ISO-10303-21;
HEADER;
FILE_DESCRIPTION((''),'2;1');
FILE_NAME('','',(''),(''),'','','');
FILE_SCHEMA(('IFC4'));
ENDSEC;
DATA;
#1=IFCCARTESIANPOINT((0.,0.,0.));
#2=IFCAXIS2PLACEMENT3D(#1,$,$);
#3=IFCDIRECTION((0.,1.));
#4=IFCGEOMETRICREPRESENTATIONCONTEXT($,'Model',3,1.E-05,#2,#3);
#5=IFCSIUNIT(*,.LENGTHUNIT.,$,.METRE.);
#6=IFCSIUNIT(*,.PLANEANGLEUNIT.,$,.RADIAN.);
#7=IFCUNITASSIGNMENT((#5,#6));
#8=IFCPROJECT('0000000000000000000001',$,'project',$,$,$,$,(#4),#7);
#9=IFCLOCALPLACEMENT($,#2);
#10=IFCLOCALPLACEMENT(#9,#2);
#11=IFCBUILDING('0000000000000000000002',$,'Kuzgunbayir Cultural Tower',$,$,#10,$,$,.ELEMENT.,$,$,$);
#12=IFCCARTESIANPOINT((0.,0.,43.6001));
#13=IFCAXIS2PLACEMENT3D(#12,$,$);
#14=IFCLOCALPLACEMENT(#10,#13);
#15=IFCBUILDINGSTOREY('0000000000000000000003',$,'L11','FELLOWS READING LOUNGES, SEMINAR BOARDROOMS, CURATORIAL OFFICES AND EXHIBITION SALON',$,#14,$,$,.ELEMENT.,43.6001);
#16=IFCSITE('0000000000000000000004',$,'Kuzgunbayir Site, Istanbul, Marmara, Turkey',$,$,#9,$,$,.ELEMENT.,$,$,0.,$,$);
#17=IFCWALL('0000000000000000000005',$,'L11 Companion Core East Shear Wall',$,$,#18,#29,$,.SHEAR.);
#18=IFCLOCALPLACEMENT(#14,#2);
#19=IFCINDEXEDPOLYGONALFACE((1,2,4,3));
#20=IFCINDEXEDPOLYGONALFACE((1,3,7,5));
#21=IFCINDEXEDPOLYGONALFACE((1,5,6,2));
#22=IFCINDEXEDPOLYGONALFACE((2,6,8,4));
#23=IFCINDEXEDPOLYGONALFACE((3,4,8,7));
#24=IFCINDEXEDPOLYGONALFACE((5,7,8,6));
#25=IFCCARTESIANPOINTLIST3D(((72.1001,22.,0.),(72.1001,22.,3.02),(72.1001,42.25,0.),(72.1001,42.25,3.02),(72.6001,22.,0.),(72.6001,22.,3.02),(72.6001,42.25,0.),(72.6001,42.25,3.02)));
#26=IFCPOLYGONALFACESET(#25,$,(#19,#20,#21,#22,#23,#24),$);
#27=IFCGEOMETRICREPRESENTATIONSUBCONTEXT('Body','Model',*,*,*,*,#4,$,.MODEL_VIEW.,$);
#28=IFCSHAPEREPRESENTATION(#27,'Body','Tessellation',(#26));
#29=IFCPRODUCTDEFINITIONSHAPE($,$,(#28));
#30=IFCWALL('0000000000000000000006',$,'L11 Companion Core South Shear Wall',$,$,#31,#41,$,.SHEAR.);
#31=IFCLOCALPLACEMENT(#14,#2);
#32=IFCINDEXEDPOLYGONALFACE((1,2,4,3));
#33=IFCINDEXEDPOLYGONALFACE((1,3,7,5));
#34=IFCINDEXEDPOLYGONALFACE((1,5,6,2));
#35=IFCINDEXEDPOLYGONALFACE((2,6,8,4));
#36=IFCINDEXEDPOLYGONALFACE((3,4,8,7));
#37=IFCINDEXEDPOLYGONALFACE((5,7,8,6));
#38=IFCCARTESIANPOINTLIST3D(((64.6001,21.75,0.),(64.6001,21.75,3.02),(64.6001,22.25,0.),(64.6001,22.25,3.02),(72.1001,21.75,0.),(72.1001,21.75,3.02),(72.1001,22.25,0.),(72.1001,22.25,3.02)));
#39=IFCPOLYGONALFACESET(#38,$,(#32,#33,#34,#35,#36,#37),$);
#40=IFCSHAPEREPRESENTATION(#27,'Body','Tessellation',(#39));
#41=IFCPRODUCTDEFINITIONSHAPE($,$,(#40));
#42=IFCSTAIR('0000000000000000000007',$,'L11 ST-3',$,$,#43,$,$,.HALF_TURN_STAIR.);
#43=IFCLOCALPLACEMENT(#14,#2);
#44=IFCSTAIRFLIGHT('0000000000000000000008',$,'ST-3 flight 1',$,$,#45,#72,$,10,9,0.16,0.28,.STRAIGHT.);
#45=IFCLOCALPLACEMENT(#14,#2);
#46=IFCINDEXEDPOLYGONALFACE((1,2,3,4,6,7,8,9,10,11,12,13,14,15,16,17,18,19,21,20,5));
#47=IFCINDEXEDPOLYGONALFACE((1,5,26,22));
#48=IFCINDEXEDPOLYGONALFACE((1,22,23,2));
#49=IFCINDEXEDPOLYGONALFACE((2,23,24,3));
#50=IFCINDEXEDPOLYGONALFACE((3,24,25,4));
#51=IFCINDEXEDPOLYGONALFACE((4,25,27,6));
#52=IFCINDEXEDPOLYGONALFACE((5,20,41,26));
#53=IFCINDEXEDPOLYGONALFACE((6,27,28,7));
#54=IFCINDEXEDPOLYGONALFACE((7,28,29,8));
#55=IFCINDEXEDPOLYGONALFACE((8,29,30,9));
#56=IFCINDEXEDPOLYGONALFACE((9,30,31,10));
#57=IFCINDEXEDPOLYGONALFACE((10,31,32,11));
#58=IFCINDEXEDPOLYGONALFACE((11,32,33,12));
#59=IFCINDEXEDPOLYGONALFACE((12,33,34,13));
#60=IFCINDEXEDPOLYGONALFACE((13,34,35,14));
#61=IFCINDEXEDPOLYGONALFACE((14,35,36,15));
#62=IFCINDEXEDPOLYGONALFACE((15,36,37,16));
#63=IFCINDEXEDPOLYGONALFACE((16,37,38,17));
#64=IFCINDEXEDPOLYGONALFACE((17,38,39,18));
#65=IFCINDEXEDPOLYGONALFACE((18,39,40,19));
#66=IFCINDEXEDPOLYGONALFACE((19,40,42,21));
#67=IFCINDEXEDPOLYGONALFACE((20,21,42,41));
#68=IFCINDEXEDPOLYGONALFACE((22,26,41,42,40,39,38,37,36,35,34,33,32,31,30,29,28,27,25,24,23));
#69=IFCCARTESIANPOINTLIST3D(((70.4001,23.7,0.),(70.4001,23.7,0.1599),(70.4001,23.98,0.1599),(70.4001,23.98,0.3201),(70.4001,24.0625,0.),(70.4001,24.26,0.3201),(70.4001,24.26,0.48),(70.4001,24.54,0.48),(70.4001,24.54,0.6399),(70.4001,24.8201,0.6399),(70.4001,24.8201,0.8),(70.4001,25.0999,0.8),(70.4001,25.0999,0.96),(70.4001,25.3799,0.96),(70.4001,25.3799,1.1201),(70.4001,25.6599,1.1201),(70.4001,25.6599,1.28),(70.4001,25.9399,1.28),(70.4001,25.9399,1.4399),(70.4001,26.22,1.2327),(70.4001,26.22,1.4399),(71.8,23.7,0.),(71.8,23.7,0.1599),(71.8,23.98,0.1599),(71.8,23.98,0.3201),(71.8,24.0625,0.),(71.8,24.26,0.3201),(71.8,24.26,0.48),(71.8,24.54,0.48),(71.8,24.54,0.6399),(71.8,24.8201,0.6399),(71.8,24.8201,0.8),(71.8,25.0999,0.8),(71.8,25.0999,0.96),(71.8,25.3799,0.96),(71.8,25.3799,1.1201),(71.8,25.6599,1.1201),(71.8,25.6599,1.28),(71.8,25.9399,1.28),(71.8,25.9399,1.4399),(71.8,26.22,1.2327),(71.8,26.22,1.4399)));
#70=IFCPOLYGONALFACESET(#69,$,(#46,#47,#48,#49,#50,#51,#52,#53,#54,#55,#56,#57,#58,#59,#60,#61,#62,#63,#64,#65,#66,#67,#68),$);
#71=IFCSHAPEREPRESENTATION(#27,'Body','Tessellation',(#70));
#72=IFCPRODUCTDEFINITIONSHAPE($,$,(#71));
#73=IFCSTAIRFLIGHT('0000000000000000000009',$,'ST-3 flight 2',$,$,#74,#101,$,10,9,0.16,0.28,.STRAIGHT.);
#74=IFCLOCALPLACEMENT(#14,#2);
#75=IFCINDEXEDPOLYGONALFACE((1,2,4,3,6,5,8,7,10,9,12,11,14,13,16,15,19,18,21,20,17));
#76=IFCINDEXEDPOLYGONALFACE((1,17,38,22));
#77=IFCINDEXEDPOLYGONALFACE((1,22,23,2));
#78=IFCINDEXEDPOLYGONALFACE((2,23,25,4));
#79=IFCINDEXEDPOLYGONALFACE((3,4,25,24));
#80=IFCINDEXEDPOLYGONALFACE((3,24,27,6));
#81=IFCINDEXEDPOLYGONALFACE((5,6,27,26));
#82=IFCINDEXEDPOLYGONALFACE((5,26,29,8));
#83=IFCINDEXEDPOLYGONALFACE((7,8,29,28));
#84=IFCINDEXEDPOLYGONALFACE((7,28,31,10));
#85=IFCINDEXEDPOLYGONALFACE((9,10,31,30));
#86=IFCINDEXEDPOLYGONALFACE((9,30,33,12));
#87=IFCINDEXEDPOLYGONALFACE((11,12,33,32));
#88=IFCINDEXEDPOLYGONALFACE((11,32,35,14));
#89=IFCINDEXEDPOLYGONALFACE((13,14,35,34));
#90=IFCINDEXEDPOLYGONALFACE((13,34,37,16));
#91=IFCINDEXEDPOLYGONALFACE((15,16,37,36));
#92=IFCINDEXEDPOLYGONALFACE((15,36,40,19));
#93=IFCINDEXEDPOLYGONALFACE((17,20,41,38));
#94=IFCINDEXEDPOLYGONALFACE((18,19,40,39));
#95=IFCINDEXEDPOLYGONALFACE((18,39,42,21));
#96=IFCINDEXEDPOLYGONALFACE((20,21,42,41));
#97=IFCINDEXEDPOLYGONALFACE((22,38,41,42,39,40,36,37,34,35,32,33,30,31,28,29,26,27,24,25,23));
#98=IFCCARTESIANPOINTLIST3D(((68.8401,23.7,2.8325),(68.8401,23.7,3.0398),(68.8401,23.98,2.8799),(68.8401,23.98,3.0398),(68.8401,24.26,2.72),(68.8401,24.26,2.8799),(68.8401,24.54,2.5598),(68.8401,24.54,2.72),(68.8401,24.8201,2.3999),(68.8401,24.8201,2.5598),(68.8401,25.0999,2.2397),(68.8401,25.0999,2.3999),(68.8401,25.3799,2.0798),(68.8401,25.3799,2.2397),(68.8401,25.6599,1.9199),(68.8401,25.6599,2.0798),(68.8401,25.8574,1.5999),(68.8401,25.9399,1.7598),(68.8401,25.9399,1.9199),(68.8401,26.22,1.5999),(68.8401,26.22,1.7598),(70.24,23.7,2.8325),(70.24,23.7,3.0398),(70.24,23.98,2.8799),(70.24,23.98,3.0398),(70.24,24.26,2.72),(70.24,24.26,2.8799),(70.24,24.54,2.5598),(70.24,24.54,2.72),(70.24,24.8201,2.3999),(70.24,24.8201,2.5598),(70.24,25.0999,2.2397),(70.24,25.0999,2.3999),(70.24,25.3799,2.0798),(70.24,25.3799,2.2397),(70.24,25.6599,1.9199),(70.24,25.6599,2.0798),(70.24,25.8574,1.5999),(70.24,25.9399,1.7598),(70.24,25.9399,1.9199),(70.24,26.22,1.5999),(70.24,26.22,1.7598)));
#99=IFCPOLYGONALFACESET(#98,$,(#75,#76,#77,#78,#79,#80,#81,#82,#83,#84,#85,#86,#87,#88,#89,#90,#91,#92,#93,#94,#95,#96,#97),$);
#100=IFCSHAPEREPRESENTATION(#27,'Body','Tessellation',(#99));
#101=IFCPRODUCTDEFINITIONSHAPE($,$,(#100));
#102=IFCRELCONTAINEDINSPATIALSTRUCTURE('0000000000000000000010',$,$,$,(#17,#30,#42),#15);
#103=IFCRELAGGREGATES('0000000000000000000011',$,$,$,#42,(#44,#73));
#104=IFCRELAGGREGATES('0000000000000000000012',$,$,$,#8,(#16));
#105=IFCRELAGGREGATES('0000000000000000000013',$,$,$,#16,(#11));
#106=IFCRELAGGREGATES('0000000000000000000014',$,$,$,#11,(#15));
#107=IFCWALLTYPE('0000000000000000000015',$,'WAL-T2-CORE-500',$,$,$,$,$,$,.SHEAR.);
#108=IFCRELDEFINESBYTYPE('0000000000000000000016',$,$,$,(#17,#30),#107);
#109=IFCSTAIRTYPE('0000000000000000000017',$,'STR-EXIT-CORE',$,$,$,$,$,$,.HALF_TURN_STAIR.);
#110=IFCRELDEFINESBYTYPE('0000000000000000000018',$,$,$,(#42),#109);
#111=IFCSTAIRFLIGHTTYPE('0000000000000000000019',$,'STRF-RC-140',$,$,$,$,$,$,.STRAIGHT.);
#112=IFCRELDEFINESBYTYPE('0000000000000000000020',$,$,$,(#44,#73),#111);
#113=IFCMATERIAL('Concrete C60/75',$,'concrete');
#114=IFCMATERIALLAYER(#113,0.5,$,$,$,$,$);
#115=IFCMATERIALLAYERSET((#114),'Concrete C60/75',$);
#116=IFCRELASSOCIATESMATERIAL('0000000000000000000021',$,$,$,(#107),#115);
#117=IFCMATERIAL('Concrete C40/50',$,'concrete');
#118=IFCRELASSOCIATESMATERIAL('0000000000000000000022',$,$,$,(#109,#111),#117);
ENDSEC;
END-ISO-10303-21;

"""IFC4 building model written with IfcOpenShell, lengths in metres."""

from ifc_helpers import new_model, si_unit, direction, frame, frame_2d, origin, place, context, subcontext, project, spatial, polyline, rectangle, outline, extrude, material, layer, layer_set, type_object, element, aggregate, save


model = new_model("IFC4")

# Units and contexts
model_context = context("Model", 3, precision=1e-05, world=origin(), true_north=direction((0.0, 1.0)))
body_context = subcontext(model_context, "Body", "Model", "MODEL_VIEW")
ifc_project = project(units=[si_unit("LENGTHUNIT", "METRE"), si_unit("PLANEANGLEUNIT", "RADIAN")], contexts=[model_context])

# Site, building, storey
site_placement = place(None, origin())
site = spatial("IfcSite", under=ifc_project, at=site_placement, Name="Kuzgunbayir Site, Istanbul, Marmara, Turkey", CompositionType="ELEMENT", RefElevation=0.0)
building_placement = place(site_placement, origin())
building = spatial("IfcBuilding", under=site, at=building_placement, Name="Kuzgunbayir Cultural Tower", CompositionType="ELEMENT")
storey_placement = place(building_placement, frame((0.0, 0.0, 43.6001)))
storey = spatial("IfcBuildingStorey", under=building, at=storey_placement, Name="L11", Description="FELLOWS READING LOUNGES, SEMINAR BOARDROOMS, CURATORIAL OFFICES AND EXHIBITION SALON", CompositionType="ELEMENT", Elevation=43.6001)

# Shared definitions
ifc_material_1 = material(Name="Concrete C60/75", Category="concrete")

# Shared definitions
ifc_material_2 = material(Name="Concrete C40/50", Category="concrete")

# Walls
ifc_layer_1 = layer(ifc_material_1, 0.5)
ifc_layer_set_1 = layer_set([ifc_layer_1], Name="Concrete C60/75")
wall_type_1 = type_object("IfcWallType", Name="WAL-T2-CORE-500", PredefinedType="SHEAR", material=ifc_layer_set_1)
wall_1_placement = place(storey_placement, frame((72.3501, 22.0, 0.0), z_axis=(0.0, 0.0, 1.0), x_axis=(0.0, 1.0, 0.0)))
element("IfcWall", 1, at=wall_1_placement, inside=storey, type_object=wall_type_1, Name="L11 Companion Core East Shear Wall", PredefinedType="SHEAR", context=body_context, shape_type="SweptSolid", body=[
    extrude(rectangle(XDim=20.25, YDim=0.5, at=frame_2d((10.125, 0.0))), origin(), (0.0, 0.0, 1.0), 3.02),
])
wall_2_placement = place(storey_placement, frame((64.6001, 22.0, 0.0), z_axis=(0.0, 0.0, 1.0), x_axis=(1.0, 0.0, 0.0)))
element("IfcWall", 2, at=wall_2_placement, inside=storey, type_object=wall_type_1, Name="L11 Companion Core South Shear Wall", PredefinedType="SHEAR", context=body_context, shape_type="SweptSolid", body=[
    extrude(rectangle(XDim=7.5, YDim=0.5, at=frame_2d((3.75, 0.0))), origin(), (0.0, 0.0, 1.0), 3.02),
])

# Stair, stair flights
stair_type = type_object("IfcStairType", Name="STR-EXIT-CORE", PredefinedType="HALF_TURN_STAIR", material=ifc_material_2)
stair_placement = place(storey_placement, origin())
stair = element("IfcStair", 3, at=stair_placement, inside=storey, type_object=stair_type, Name="L11 ST-3", PredefinedType="HALF_TURN_STAIR")
stair_flight_type = type_object("IfcStairFlightType", Name="STRF-RC-140", PredefinedType="STRAIGHT", material=ifc_material_2)
stair_flight_1_placement = place(storey_placement, frame((71.1001, 23.7, 0.0), z_axis=(0.0, 0.0, 1.0), x_axis=(0.0, 1.0, 0.0)))
stair_flight_1 = element("IfcStairFlight", 4, at=stair_flight_1_placement, type_object=stair_flight_type, Name="ST-3 flight 1", NumberOfRisers=10, NumberOfTreads=9, PredefinedType="STRAIGHT", RiserHeight=0.16, TreadLength=0.28, context=body_context, shape_type="SweptSolid", body=[
    extrude(outline(polyline([(0.0, 0.0), (0.0, 0.1599), (0.28, 0.1599), (0.28, 0.3201), (0.5601, 0.3201), (0.5601, 0.48), (0.8401, 0.48), (0.8401, 0.6399), (1.1201, 0.6399), (1.1201, 0.8), (1.3999, 0.8), (1.3999, 0.96), (1.6799, 0.96), (1.6799, 1.1201), (1.96, 1.1201), (1.96, 1.28), (2.24, 1.28), (2.24, 1.4399), (2.52, 1.4399), (2.52, 1.6001), (2.52, 1.2327), (0.3625, 0.0), (0.0, 0.0)])), frame((0.0, 0.7, 0.0), z_axis=(0.0, -1.0, 0.0), x_axis=(1.0, 0.0, 0.0)), (0.0, 0.0, 1.0), 1.3999),
])
stair_flight_2_placement = place(storey_placement, frame((69.54, 26.22, 1.5999), z_axis=(0.0, 0.0, 1.0), x_axis=(0.0, -1.0, 0.0)))
stair_flight_2 = element("IfcStairFlight", 5, at=stair_flight_2_placement, type_object=stair_flight_type, Name="ST-3 flight 2", NumberOfRisers=10, NumberOfTreads=9, PredefinedType="STRAIGHT", RiserHeight=0.16, TreadLength=0.28, context=body_context, shape_type="SweptSolid", body=[
    extrude(outline(polyline([(0.0, 0.0), (0.0, 0.1599), (0.28, 0.1599), (0.28, 0.3201), (0.5601, 0.3201), (0.5601, 0.48), (0.8401, 0.48), (0.8401, 0.6399), (1.1201, 0.6399), (1.1201, 0.8), (1.3999, 0.8), (1.3999, 0.96), (1.6799, 0.96), (1.6799, 1.1201), (1.96, 1.1201), (1.96, 1.28), (2.24, 1.28), (2.24, 1.4399), (2.52, 1.4399), (2.52, 1.6001), (2.52, 1.2327), (0.3625, 0.0), (0.0, 0.0)])), frame((0.0, 0.7, 0.0), z_axis=(0.0, -1.0, 0.0), x_axis=(1.0, 0.0, 0.0)), (0.0, 0.0, 1.0), 1.3999),
])
aggregate(stair, [stair_flight_1, stair_flight_2])

save(model, "model.ifc")
